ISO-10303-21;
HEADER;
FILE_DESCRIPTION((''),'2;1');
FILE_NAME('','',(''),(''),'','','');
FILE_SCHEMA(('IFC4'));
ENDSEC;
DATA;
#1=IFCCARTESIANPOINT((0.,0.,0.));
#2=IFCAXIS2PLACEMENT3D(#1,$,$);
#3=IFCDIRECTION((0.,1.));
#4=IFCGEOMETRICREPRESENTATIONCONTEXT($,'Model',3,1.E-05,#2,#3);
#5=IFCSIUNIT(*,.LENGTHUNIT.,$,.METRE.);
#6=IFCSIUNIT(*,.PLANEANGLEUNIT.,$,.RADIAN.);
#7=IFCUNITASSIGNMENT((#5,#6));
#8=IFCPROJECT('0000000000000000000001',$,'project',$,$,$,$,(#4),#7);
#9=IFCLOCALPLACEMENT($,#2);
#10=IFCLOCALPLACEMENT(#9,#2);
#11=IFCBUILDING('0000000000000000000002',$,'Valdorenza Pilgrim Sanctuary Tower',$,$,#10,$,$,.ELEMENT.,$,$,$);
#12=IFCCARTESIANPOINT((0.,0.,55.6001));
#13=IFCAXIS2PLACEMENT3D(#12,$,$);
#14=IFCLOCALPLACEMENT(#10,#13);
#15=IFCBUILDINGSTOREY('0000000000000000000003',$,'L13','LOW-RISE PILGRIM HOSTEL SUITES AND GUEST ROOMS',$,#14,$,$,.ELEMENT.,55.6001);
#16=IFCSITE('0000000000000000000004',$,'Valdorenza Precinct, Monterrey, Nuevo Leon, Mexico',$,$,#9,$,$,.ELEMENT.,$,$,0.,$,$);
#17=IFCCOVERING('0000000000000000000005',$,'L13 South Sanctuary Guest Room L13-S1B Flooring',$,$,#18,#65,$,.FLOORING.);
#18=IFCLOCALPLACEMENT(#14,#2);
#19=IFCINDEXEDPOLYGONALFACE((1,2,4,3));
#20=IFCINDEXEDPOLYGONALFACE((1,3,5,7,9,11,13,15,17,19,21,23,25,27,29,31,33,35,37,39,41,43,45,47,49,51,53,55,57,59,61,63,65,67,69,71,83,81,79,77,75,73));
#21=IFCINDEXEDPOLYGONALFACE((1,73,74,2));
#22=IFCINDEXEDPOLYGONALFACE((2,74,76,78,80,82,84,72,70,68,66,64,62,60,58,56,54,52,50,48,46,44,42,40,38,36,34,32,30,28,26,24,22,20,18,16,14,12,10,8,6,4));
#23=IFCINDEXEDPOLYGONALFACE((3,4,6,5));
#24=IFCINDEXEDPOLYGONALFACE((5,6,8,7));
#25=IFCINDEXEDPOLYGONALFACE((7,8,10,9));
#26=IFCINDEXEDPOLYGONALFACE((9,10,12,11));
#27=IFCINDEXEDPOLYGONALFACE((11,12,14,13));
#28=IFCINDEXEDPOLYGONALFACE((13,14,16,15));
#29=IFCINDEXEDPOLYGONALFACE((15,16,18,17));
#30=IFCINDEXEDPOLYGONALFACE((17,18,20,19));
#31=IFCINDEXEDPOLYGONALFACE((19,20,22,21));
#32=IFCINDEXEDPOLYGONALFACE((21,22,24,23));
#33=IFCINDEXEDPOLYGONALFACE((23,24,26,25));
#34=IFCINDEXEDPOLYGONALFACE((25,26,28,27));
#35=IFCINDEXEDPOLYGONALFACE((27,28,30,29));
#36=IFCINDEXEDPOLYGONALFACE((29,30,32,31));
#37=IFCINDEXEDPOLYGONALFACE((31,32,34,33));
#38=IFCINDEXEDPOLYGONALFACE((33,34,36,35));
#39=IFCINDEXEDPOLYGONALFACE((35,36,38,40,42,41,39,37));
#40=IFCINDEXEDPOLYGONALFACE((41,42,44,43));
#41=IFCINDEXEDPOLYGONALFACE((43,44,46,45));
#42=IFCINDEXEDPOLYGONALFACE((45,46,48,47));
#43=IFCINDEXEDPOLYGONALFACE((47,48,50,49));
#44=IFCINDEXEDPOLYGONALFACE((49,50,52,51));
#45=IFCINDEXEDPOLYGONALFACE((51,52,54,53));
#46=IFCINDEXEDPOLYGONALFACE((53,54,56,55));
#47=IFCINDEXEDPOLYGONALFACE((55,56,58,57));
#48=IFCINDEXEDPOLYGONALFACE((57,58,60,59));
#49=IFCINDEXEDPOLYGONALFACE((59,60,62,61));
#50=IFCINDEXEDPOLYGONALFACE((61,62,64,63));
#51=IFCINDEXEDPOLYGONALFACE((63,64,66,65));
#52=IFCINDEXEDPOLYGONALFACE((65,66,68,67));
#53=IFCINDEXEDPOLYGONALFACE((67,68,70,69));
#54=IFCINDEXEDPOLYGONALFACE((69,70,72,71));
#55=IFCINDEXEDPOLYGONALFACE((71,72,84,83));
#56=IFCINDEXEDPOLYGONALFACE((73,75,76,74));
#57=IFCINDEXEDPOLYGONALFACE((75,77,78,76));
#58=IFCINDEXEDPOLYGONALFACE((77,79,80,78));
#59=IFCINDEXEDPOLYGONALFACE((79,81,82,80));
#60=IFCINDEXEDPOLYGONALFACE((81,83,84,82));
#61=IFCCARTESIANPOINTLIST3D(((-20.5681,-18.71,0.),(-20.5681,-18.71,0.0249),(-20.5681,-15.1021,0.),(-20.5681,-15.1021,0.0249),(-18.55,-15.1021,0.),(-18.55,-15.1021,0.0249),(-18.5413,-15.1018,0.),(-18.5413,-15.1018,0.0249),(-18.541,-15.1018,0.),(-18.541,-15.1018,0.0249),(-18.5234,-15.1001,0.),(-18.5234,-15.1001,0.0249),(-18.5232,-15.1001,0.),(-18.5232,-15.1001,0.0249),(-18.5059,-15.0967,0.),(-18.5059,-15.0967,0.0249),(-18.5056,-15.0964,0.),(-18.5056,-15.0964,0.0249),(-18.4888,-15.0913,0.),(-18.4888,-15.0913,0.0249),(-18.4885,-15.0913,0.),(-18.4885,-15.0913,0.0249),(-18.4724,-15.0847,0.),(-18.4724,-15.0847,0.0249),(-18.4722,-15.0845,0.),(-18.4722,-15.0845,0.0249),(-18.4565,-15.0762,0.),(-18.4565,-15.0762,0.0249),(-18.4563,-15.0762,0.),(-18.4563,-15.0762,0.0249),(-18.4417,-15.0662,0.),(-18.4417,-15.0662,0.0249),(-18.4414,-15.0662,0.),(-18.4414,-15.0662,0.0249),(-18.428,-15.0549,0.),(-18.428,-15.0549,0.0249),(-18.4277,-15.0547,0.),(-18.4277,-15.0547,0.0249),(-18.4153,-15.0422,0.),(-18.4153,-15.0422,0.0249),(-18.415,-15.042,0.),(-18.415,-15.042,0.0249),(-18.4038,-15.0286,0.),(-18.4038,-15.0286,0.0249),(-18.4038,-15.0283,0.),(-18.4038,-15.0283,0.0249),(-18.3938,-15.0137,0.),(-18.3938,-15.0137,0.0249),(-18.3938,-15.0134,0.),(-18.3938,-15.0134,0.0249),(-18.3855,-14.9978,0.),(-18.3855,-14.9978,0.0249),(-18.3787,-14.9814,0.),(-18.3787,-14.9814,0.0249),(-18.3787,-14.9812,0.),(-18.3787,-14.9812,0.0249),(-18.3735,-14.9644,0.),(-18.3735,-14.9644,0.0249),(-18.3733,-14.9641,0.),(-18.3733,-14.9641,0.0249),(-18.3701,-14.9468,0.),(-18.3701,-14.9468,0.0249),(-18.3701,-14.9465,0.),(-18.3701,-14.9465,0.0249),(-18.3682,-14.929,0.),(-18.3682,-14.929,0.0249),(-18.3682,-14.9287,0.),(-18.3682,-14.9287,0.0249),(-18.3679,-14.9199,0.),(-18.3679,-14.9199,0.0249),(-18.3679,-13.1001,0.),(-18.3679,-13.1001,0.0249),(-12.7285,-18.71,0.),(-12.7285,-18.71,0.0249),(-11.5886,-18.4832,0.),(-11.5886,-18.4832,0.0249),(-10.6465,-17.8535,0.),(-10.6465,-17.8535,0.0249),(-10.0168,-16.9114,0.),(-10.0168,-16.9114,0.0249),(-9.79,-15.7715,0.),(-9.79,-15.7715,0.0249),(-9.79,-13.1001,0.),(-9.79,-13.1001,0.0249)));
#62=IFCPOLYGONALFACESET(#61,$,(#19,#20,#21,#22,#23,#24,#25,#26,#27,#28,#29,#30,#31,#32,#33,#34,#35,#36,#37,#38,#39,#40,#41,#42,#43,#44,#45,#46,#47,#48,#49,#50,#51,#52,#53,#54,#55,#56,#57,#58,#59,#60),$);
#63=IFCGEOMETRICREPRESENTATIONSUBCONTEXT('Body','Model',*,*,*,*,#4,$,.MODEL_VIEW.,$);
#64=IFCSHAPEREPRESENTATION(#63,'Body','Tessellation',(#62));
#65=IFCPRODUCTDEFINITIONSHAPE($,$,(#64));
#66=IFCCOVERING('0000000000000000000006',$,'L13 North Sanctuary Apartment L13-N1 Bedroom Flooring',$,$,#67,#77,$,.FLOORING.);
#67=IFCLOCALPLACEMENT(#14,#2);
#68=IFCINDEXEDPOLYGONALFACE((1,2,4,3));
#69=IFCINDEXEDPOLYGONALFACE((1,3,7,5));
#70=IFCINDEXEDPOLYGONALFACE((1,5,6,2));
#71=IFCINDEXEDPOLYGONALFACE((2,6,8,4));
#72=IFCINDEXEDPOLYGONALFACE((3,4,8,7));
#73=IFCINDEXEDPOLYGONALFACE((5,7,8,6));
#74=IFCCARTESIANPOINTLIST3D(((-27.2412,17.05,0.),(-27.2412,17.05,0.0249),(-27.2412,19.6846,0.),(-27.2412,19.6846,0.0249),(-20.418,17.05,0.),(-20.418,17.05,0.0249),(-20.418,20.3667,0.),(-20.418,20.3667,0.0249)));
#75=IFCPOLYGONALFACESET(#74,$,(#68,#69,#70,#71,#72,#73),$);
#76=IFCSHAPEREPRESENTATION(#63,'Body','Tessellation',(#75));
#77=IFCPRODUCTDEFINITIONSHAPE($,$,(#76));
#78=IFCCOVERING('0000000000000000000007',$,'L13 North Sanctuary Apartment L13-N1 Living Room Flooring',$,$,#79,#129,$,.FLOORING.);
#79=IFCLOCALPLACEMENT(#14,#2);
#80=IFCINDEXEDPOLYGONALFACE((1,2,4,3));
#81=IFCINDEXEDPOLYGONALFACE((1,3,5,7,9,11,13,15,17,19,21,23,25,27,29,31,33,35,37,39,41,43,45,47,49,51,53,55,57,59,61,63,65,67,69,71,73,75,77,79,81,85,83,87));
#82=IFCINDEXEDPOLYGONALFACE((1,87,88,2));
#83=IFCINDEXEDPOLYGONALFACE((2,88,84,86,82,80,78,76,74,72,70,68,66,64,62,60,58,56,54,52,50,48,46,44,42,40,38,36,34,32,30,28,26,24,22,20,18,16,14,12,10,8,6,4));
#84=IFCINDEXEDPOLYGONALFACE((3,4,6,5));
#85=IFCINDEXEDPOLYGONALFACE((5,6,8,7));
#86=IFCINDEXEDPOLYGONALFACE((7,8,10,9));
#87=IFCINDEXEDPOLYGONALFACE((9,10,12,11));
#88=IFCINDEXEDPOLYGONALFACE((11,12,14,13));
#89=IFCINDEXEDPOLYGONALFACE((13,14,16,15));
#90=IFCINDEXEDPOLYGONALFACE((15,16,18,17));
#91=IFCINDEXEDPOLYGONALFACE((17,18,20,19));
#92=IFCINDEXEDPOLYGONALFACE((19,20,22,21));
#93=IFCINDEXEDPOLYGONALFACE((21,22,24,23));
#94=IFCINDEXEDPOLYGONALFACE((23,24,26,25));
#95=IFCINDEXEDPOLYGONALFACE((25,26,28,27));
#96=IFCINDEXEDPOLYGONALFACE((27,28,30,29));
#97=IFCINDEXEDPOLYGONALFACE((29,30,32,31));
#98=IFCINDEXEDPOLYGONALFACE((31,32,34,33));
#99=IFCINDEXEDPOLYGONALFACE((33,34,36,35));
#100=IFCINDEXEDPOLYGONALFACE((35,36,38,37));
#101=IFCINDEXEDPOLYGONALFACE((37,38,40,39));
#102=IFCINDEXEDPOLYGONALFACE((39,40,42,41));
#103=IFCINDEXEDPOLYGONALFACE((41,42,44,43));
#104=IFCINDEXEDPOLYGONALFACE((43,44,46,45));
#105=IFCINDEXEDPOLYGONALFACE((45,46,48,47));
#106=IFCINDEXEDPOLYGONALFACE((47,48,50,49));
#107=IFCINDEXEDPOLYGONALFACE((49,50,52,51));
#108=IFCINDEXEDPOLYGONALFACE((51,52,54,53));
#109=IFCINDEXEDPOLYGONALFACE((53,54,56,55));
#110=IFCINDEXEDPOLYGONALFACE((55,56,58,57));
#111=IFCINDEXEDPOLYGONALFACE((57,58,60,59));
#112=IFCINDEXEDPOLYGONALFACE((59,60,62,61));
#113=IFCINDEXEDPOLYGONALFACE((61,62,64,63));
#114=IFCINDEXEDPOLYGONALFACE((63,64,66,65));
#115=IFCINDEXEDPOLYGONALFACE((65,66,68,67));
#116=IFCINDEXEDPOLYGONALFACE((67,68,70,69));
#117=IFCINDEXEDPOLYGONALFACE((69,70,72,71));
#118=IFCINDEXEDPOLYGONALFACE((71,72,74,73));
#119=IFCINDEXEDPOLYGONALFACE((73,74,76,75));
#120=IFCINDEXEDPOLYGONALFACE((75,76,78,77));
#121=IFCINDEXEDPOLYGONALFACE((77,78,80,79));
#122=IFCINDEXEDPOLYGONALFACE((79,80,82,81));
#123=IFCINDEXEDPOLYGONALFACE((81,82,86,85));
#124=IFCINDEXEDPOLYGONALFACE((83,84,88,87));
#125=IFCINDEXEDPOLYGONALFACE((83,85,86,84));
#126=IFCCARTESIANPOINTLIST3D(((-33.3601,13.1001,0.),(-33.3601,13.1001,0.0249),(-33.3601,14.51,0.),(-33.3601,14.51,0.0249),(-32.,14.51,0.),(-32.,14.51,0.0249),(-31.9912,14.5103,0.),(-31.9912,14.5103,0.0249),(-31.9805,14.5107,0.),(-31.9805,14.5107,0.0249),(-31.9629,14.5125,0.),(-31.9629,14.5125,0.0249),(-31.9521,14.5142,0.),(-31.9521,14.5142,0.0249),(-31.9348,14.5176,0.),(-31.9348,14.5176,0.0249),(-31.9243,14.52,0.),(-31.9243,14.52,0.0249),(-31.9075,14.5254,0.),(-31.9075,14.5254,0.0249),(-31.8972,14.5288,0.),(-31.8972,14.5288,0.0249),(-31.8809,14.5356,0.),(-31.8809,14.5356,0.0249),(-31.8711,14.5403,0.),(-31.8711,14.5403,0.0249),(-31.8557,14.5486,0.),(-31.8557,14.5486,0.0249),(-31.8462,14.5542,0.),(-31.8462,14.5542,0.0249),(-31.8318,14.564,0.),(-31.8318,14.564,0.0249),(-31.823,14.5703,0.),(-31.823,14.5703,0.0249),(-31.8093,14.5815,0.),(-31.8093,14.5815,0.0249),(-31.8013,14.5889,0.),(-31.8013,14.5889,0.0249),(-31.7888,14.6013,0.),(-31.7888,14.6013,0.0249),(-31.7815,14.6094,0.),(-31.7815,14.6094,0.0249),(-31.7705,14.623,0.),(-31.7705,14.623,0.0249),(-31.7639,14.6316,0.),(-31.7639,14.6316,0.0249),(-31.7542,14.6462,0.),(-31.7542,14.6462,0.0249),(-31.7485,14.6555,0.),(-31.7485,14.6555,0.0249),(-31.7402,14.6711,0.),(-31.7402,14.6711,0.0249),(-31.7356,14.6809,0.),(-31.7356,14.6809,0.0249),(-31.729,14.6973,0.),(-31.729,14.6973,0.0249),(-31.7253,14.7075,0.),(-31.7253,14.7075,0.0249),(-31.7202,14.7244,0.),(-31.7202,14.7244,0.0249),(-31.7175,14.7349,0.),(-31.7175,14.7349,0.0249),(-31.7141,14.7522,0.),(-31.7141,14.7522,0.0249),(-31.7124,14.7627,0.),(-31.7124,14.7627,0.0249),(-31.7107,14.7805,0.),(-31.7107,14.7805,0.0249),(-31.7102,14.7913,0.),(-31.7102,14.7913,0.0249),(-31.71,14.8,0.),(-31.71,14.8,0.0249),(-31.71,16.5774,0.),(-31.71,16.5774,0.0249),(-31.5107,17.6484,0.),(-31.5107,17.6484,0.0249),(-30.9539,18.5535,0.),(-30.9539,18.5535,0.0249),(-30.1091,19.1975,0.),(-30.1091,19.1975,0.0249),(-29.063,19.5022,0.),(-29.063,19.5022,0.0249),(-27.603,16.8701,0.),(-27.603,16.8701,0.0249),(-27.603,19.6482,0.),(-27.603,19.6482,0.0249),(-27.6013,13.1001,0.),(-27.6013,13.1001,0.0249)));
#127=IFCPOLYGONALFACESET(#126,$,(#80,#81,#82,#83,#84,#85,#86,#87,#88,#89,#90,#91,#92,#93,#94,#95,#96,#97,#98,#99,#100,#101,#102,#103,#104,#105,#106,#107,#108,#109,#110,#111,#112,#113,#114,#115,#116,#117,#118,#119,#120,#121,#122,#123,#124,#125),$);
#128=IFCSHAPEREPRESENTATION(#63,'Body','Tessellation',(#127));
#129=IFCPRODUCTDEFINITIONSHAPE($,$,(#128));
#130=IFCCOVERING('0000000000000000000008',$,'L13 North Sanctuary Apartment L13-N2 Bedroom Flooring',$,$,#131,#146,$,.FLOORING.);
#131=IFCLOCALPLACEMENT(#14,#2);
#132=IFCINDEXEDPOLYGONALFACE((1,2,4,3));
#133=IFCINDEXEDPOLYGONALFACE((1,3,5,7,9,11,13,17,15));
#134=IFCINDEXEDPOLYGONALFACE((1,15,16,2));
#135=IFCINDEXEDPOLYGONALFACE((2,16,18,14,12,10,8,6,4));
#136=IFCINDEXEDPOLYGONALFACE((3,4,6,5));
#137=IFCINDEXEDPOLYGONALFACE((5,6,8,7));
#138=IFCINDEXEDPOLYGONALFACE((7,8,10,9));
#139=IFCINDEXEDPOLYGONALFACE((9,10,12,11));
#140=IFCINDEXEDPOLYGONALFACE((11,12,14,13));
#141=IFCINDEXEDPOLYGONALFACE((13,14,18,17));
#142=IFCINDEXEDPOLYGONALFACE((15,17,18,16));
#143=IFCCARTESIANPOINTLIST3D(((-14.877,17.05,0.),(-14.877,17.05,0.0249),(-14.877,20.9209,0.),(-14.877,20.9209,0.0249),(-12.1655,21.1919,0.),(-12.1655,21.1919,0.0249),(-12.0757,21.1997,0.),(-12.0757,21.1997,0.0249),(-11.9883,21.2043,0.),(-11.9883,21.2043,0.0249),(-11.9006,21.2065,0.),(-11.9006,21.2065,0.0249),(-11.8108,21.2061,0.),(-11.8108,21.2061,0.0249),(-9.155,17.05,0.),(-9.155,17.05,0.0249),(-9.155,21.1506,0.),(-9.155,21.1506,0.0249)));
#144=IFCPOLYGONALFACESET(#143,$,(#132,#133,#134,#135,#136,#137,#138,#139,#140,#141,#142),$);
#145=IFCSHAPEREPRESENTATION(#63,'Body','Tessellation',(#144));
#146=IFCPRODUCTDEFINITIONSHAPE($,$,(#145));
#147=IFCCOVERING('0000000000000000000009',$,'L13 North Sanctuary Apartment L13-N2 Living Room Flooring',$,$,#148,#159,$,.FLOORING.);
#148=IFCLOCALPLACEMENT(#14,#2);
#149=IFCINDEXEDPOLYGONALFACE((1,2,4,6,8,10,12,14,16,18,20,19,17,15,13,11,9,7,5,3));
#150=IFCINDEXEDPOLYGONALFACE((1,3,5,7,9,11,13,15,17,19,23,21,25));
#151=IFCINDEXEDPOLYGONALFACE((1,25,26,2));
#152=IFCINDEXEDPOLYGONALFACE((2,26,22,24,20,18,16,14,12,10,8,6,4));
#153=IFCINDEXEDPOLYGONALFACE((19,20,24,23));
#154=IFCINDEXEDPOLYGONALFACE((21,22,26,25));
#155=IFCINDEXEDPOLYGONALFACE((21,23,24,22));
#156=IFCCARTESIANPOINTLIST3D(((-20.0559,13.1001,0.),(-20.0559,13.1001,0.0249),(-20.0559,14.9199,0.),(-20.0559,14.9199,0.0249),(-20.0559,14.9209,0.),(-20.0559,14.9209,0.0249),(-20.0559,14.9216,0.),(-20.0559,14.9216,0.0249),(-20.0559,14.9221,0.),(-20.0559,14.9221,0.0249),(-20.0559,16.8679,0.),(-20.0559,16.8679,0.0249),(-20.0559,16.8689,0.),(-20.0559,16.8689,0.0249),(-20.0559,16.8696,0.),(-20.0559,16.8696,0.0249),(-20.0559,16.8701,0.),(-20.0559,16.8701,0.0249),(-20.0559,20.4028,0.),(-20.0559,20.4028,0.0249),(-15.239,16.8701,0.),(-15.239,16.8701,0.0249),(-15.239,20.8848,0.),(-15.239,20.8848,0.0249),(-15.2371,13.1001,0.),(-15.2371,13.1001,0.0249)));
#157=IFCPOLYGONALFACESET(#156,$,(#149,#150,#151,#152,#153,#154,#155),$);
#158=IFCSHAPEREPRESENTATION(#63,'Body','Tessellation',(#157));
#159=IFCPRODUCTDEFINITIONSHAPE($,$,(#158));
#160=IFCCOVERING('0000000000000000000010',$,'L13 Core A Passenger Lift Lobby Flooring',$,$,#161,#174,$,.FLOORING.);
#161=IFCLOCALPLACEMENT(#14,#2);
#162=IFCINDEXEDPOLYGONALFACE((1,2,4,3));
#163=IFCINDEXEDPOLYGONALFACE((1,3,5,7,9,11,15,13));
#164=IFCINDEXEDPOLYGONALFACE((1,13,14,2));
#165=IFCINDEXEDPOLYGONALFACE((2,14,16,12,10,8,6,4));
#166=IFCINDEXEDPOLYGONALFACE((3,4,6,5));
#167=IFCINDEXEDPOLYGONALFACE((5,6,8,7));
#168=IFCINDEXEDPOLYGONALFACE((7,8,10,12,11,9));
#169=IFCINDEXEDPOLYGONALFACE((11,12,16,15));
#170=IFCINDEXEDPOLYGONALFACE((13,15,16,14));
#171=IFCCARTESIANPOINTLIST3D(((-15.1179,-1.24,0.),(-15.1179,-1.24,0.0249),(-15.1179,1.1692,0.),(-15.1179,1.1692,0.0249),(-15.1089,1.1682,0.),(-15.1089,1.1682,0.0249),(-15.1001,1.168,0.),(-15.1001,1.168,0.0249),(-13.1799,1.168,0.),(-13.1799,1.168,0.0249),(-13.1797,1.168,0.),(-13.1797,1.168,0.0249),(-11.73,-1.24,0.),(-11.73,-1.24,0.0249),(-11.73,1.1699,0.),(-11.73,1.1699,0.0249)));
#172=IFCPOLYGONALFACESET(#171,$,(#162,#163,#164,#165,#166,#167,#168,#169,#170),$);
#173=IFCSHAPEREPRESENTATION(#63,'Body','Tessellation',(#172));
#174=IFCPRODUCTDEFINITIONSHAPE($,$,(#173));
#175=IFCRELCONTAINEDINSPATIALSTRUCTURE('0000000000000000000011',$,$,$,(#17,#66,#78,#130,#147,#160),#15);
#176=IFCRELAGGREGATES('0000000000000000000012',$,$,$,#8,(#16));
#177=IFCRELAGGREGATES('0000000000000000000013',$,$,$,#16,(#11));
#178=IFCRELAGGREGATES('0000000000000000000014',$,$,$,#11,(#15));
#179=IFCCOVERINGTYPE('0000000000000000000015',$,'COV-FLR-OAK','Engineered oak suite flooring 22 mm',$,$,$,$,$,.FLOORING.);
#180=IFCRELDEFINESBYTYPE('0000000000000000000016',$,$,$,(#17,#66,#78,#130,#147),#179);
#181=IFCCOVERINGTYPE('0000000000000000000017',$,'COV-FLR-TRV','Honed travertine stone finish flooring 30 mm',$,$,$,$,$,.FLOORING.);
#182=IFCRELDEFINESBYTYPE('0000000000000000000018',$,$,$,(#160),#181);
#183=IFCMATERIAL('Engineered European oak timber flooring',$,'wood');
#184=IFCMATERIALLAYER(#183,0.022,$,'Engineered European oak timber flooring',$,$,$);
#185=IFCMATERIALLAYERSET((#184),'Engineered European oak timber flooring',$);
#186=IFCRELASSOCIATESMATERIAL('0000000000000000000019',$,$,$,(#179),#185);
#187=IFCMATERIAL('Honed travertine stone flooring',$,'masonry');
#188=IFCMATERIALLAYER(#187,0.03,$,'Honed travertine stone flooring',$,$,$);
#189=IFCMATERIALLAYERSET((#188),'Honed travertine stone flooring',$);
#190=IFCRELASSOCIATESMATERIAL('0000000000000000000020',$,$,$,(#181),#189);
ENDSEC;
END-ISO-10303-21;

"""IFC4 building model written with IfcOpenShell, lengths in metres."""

from ifc_helpers import new_model, si_unit, direction, frame, origin, place, context, subcontext, project, spatial, polyline, outline, extrude, material, layer, layer_set, type_object, element, save


model = new_model("IFC4")

# Units and contexts
model_context = context("Model", 3, precision=1e-05, world=origin(), true_north=direction((0.0, 1.0)))
body_context = subcontext(model_context, "Body", "Model", "MODEL_VIEW")
ifc_project = project(units=[si_unit("LENGTHUNIT", "METRE"), si_unit("PLANEANGLEUNIT", "RADIAN")], contexts=[model_context])

# Site, building, storey
site_placement = place(None, origin())
site = spatial("IfcSite", under=ifc_project, at=site_placement, Name="Valdorenza Precinct, Monterrey, Nuevo Leon, Mexico", CompositionType="ELEMENT", RefElevation=0.0)
building_placement = place(site_placement, origin())
building = spatial("IfcBuilding", under=site, at=building_placement, Name="Valdorenza Pilgrim Sanctuary Tower", CompositionType="ELEMENT")
storey_placement = place(building_placement, frame((0.0, 0.0, 55.6001)))
storey = spatial("IfcBuildingStorey", under=building, at=storey_placement, Name="L13", Description="LOW-RISE PILGRIM HOSTEL SUITES AND GUEST ROOMS", CompositionType="ELEMENT", Elevation=55.6001)

# Coverings
ifc_material_1 = material(Name="Engineered European oak timber flooring", Category="wood")
ifc_layer_1 = layer(ifc_material_1, 0.022, Name="Engineered European oak timber flooring")
ifc_layer_set_1 = layer_set([ifc_layer_1], Name="Engineered European oak timber flooring")
covering_type_1 = type_object("IfcCoveringType", Name="COV-FLR-OAK", Description="Engineered oak suite flooring 22 mm", PredefinedType="FLOORING", material=ifc_layer_set_1)
covering_1_placement = place(storey_placement, origin())
element("IfcCovering", 1, at=covering_1_placement, inside=storey, type_object=covering_type_1, Name="L13 South Sanctuary Guest Room L13-S1B Flooring", PredefinedType="FLOORING", context=body_context, shape_type="SweptSolid", body=[
    extrude(outline(polyline([(-10.0168, -16.9114), (-10.6465, -17.8535), (-11.5886, -18.4832), (-12.7285, -18.71), (-20.5681, -18.71), (-20.5681, -15.1021), (-18.55, -15.1021), (-18.5413, -15.1018), (-18.541, -15.1018), (-18.5234, -15.1001), (-18.5232, -15.1001), (-18.5059, -15.0967), (-18.5056, -15.0964), (-18.4888, -15.0913), (-18.4885, -15.0913), (-18.4724, -15.0847), (-18.4722, -15.0845), (-18.4565, -15.0762), (-18.4563, -15.0762), (-18.4417, -15.0662), (-18.4414, -15.0662), (-18.428, -15.0549), (-18.4277, -15.0547), (-18.4153, -15.0422), (-18.415, -15.042), (-18.4038, -15.0286), (-18.4038, -15.0283), (-18.3938, -15.0137), (-18.3938, -15.0134), (-18.3855, -14.9978), (-18.3855, -14.9978), (-18.3787, -14.9814), (-18.3787, -14.9812), (-18.3735, -14.9644), (-18.3733, -14.9641), (-18.3701, -14.9468), (-18.3701, -14.9465), (-18.3682, -14.929), (-18.3682, -14.9287), (-18.3679, -14.9199), (-18.3679, -13.1001), (-9.79, -13.1001), (-9.79, -15.7715), (-10.0168, -16.9114)])), origin(), (0.0, 0.0, 1.0), 0.0249),
])
covering_2_placement = place(storey_placement, origin())
element("IfcCovering", 2, at=covering_2_placement, inside=storey, type_object=covering_type_1, Name="L13 North Sanctuary Apartment L13-N1 Bedroom Flooring", PredefinedType="FLOORING", context=body_context, shape_type="SweptSolid", body=[
    extrude(outline(polyline([(-27.2412, 17.05), (-27.2412, 19.6846), (-20.418, 20.3667), (-20.418, 17.05), (-27.2412, 17.05)])), origin(), (0.0, 0.0, 1.0), 0.0249),
])
covering_3_placement = place(storey_placement, origin())
element("IfcCovering", 3, at=covering_3_placement, inside=storey, type_object=covering_type_1, Name="L13 North Sanctuary Apartment L13-N1 Living Room Flooring", PredefinedType="FLOORING", context=body_context, shape_type="SweptSolid", body=[
    extrude(outline(polyline([(-33.3601, 13.1001), (-33.3601, 14.51), (-32.0, 14.51), (-31.9912, 14.5103), (-31.9805, 14.5107), (-31.9629, 14.5125), (-31.9521, 14.5142), (-31.9348, 14.5176), (-31.9243, 14.52), (-31.9075, 14.5254), (-31.8972, 14.5288), (-31.8809, 14.5356), (-31.8711, 14.5403), (-31.8557, 14.5486), (-31.8462, 14.5542), (-31.8318, 14.564), (-31.823, 14.5703), (-31.8093, 14.5815), (-31.8013, 14.5889), (-31.7888, 14.6013), (-31.7815, 14.6094), (-31.7705, 14.623), (-31.7639, 14.6316), (-31.7542, 14.6462), (-31.7485, 14.6555), (-31.7402, 14.6711), (-31.7356, 14.6809), (-31.729, 14.6973), (-31.7253, 14.7075), (-31.7202, 14.7244), (-31.7175, 14.7349), (-31.7141, 14.7522), (-31.7124, 14.7627), (-31.7107, 14.7805), (-31.7102, 14.7913), (-31.71, 14.8), (-31.71, 16.5774), (-31.5107, 17.6484), (-30.9539, 18.5535), (-30.1091, 19.1975), (-29.063, 19.5022), (-27.603, 19.6482), (-27.603, 16.8701), (-27.6013, 13.1001), (-33.3601, 13.1001)])), origin(), (0.0, 0.0, 1.0), 0.0249),
])
covering_4_placement = place(storey_placement, origin())
element("IfcCovering", 4, at=covering_4_placement, inside=storey, type_object=covering_type_1, Name="L13 North Sanctuary Apartment L13-N2 Bedroom Flooring", PredefinedType="FLOORING", context=body_context, shape_type="SweptSolid", body=[
    extrude(outline(polyline([(-14.877, 17.05), (-14.877, 20.9209), (-12.1655, 21.1919), (-12.0757, 21.1997), (-11.9883, 21.2043), (-11.9006, 21.2065), (-11.8108, 21.2061), (-9.155, 21.1506), (-9.155, 17.05), (-14.877, 17.05)])), origin(), (0.0, 0.0, 1.0), 0.0249),
])
covering_5_placement = place(storey_placement, origin())
element("IfcCovering", 5, at=covering_5_placement, inside=storey, type_object=covering_type_1, Name="L13 North Sanctuary Apartment L13-N2 Living Room Flooring", PredefinedType="FLOORING", context=body_context, shape_type="SweptSolid", body=[
    extrude(outline(polyline([(-20.0559, 14.9216), (-20.0559, 14.9221), (-20.0559, 16.8679), (-20.0559, 16.8689), (-20.0559, 16.8696), (-20.0559, 16.8701), (-20.0559, 20.4028), (-15.239, 20.8848), (-15.239, 16.8701), (-15.2371, 13.1001), (-20.0559, 13.1001), (-20.0559, 14.9199), (-20.0559, 14.9209), (-20.0559, 14.9216)])), origin(), (0.0, 0.0, 1.0), 0.0249),
])
ifc_material_2 = material(Name="Honed travertine stone flooring", Category="masonry")
ifc_layer_2 = layer(ifc_material_2, 0.03, Name="Honed travertine stone flooring")
ifc_layer_set_2 = layer_set([ifc_layer_2], Name="Honed travertine stone flooring")
covering_type_2 = type_object("IfcCoveringType", Name="COV-FLR-TRV", Description="Honed travertine stone finish flooring 30 mm", PredefinedType="FLOORING", material=ifc_layer_set_2)
covering_6_placement = place(storey_placement, origin())
element("IfcCovering", 6, at=covering_6_placement, inside=storey, type_object=covering_type_2, Name="L13 Core A Passenger Lift Lobby Flooring", PredefinedType="FLOORING", context=body_context, shape_type="SweptSolid", body=[
    extrude(outline(polyline([(-15.1179, 1.1692), (-15.1089, 1.1682), (-15.1089, 1.1682), (-15.1001, 1.168), (-13.1799, 1.168), (-13.1797, 1.168), (-11.73, 1.1699), (-11.73, -1.24), (-15.1179, -1.24), (-15.1179, 1.1692)])), origin(), (0.0, 0.0, 1.0), 0.0249),
])

save(model, "model.ifc")
